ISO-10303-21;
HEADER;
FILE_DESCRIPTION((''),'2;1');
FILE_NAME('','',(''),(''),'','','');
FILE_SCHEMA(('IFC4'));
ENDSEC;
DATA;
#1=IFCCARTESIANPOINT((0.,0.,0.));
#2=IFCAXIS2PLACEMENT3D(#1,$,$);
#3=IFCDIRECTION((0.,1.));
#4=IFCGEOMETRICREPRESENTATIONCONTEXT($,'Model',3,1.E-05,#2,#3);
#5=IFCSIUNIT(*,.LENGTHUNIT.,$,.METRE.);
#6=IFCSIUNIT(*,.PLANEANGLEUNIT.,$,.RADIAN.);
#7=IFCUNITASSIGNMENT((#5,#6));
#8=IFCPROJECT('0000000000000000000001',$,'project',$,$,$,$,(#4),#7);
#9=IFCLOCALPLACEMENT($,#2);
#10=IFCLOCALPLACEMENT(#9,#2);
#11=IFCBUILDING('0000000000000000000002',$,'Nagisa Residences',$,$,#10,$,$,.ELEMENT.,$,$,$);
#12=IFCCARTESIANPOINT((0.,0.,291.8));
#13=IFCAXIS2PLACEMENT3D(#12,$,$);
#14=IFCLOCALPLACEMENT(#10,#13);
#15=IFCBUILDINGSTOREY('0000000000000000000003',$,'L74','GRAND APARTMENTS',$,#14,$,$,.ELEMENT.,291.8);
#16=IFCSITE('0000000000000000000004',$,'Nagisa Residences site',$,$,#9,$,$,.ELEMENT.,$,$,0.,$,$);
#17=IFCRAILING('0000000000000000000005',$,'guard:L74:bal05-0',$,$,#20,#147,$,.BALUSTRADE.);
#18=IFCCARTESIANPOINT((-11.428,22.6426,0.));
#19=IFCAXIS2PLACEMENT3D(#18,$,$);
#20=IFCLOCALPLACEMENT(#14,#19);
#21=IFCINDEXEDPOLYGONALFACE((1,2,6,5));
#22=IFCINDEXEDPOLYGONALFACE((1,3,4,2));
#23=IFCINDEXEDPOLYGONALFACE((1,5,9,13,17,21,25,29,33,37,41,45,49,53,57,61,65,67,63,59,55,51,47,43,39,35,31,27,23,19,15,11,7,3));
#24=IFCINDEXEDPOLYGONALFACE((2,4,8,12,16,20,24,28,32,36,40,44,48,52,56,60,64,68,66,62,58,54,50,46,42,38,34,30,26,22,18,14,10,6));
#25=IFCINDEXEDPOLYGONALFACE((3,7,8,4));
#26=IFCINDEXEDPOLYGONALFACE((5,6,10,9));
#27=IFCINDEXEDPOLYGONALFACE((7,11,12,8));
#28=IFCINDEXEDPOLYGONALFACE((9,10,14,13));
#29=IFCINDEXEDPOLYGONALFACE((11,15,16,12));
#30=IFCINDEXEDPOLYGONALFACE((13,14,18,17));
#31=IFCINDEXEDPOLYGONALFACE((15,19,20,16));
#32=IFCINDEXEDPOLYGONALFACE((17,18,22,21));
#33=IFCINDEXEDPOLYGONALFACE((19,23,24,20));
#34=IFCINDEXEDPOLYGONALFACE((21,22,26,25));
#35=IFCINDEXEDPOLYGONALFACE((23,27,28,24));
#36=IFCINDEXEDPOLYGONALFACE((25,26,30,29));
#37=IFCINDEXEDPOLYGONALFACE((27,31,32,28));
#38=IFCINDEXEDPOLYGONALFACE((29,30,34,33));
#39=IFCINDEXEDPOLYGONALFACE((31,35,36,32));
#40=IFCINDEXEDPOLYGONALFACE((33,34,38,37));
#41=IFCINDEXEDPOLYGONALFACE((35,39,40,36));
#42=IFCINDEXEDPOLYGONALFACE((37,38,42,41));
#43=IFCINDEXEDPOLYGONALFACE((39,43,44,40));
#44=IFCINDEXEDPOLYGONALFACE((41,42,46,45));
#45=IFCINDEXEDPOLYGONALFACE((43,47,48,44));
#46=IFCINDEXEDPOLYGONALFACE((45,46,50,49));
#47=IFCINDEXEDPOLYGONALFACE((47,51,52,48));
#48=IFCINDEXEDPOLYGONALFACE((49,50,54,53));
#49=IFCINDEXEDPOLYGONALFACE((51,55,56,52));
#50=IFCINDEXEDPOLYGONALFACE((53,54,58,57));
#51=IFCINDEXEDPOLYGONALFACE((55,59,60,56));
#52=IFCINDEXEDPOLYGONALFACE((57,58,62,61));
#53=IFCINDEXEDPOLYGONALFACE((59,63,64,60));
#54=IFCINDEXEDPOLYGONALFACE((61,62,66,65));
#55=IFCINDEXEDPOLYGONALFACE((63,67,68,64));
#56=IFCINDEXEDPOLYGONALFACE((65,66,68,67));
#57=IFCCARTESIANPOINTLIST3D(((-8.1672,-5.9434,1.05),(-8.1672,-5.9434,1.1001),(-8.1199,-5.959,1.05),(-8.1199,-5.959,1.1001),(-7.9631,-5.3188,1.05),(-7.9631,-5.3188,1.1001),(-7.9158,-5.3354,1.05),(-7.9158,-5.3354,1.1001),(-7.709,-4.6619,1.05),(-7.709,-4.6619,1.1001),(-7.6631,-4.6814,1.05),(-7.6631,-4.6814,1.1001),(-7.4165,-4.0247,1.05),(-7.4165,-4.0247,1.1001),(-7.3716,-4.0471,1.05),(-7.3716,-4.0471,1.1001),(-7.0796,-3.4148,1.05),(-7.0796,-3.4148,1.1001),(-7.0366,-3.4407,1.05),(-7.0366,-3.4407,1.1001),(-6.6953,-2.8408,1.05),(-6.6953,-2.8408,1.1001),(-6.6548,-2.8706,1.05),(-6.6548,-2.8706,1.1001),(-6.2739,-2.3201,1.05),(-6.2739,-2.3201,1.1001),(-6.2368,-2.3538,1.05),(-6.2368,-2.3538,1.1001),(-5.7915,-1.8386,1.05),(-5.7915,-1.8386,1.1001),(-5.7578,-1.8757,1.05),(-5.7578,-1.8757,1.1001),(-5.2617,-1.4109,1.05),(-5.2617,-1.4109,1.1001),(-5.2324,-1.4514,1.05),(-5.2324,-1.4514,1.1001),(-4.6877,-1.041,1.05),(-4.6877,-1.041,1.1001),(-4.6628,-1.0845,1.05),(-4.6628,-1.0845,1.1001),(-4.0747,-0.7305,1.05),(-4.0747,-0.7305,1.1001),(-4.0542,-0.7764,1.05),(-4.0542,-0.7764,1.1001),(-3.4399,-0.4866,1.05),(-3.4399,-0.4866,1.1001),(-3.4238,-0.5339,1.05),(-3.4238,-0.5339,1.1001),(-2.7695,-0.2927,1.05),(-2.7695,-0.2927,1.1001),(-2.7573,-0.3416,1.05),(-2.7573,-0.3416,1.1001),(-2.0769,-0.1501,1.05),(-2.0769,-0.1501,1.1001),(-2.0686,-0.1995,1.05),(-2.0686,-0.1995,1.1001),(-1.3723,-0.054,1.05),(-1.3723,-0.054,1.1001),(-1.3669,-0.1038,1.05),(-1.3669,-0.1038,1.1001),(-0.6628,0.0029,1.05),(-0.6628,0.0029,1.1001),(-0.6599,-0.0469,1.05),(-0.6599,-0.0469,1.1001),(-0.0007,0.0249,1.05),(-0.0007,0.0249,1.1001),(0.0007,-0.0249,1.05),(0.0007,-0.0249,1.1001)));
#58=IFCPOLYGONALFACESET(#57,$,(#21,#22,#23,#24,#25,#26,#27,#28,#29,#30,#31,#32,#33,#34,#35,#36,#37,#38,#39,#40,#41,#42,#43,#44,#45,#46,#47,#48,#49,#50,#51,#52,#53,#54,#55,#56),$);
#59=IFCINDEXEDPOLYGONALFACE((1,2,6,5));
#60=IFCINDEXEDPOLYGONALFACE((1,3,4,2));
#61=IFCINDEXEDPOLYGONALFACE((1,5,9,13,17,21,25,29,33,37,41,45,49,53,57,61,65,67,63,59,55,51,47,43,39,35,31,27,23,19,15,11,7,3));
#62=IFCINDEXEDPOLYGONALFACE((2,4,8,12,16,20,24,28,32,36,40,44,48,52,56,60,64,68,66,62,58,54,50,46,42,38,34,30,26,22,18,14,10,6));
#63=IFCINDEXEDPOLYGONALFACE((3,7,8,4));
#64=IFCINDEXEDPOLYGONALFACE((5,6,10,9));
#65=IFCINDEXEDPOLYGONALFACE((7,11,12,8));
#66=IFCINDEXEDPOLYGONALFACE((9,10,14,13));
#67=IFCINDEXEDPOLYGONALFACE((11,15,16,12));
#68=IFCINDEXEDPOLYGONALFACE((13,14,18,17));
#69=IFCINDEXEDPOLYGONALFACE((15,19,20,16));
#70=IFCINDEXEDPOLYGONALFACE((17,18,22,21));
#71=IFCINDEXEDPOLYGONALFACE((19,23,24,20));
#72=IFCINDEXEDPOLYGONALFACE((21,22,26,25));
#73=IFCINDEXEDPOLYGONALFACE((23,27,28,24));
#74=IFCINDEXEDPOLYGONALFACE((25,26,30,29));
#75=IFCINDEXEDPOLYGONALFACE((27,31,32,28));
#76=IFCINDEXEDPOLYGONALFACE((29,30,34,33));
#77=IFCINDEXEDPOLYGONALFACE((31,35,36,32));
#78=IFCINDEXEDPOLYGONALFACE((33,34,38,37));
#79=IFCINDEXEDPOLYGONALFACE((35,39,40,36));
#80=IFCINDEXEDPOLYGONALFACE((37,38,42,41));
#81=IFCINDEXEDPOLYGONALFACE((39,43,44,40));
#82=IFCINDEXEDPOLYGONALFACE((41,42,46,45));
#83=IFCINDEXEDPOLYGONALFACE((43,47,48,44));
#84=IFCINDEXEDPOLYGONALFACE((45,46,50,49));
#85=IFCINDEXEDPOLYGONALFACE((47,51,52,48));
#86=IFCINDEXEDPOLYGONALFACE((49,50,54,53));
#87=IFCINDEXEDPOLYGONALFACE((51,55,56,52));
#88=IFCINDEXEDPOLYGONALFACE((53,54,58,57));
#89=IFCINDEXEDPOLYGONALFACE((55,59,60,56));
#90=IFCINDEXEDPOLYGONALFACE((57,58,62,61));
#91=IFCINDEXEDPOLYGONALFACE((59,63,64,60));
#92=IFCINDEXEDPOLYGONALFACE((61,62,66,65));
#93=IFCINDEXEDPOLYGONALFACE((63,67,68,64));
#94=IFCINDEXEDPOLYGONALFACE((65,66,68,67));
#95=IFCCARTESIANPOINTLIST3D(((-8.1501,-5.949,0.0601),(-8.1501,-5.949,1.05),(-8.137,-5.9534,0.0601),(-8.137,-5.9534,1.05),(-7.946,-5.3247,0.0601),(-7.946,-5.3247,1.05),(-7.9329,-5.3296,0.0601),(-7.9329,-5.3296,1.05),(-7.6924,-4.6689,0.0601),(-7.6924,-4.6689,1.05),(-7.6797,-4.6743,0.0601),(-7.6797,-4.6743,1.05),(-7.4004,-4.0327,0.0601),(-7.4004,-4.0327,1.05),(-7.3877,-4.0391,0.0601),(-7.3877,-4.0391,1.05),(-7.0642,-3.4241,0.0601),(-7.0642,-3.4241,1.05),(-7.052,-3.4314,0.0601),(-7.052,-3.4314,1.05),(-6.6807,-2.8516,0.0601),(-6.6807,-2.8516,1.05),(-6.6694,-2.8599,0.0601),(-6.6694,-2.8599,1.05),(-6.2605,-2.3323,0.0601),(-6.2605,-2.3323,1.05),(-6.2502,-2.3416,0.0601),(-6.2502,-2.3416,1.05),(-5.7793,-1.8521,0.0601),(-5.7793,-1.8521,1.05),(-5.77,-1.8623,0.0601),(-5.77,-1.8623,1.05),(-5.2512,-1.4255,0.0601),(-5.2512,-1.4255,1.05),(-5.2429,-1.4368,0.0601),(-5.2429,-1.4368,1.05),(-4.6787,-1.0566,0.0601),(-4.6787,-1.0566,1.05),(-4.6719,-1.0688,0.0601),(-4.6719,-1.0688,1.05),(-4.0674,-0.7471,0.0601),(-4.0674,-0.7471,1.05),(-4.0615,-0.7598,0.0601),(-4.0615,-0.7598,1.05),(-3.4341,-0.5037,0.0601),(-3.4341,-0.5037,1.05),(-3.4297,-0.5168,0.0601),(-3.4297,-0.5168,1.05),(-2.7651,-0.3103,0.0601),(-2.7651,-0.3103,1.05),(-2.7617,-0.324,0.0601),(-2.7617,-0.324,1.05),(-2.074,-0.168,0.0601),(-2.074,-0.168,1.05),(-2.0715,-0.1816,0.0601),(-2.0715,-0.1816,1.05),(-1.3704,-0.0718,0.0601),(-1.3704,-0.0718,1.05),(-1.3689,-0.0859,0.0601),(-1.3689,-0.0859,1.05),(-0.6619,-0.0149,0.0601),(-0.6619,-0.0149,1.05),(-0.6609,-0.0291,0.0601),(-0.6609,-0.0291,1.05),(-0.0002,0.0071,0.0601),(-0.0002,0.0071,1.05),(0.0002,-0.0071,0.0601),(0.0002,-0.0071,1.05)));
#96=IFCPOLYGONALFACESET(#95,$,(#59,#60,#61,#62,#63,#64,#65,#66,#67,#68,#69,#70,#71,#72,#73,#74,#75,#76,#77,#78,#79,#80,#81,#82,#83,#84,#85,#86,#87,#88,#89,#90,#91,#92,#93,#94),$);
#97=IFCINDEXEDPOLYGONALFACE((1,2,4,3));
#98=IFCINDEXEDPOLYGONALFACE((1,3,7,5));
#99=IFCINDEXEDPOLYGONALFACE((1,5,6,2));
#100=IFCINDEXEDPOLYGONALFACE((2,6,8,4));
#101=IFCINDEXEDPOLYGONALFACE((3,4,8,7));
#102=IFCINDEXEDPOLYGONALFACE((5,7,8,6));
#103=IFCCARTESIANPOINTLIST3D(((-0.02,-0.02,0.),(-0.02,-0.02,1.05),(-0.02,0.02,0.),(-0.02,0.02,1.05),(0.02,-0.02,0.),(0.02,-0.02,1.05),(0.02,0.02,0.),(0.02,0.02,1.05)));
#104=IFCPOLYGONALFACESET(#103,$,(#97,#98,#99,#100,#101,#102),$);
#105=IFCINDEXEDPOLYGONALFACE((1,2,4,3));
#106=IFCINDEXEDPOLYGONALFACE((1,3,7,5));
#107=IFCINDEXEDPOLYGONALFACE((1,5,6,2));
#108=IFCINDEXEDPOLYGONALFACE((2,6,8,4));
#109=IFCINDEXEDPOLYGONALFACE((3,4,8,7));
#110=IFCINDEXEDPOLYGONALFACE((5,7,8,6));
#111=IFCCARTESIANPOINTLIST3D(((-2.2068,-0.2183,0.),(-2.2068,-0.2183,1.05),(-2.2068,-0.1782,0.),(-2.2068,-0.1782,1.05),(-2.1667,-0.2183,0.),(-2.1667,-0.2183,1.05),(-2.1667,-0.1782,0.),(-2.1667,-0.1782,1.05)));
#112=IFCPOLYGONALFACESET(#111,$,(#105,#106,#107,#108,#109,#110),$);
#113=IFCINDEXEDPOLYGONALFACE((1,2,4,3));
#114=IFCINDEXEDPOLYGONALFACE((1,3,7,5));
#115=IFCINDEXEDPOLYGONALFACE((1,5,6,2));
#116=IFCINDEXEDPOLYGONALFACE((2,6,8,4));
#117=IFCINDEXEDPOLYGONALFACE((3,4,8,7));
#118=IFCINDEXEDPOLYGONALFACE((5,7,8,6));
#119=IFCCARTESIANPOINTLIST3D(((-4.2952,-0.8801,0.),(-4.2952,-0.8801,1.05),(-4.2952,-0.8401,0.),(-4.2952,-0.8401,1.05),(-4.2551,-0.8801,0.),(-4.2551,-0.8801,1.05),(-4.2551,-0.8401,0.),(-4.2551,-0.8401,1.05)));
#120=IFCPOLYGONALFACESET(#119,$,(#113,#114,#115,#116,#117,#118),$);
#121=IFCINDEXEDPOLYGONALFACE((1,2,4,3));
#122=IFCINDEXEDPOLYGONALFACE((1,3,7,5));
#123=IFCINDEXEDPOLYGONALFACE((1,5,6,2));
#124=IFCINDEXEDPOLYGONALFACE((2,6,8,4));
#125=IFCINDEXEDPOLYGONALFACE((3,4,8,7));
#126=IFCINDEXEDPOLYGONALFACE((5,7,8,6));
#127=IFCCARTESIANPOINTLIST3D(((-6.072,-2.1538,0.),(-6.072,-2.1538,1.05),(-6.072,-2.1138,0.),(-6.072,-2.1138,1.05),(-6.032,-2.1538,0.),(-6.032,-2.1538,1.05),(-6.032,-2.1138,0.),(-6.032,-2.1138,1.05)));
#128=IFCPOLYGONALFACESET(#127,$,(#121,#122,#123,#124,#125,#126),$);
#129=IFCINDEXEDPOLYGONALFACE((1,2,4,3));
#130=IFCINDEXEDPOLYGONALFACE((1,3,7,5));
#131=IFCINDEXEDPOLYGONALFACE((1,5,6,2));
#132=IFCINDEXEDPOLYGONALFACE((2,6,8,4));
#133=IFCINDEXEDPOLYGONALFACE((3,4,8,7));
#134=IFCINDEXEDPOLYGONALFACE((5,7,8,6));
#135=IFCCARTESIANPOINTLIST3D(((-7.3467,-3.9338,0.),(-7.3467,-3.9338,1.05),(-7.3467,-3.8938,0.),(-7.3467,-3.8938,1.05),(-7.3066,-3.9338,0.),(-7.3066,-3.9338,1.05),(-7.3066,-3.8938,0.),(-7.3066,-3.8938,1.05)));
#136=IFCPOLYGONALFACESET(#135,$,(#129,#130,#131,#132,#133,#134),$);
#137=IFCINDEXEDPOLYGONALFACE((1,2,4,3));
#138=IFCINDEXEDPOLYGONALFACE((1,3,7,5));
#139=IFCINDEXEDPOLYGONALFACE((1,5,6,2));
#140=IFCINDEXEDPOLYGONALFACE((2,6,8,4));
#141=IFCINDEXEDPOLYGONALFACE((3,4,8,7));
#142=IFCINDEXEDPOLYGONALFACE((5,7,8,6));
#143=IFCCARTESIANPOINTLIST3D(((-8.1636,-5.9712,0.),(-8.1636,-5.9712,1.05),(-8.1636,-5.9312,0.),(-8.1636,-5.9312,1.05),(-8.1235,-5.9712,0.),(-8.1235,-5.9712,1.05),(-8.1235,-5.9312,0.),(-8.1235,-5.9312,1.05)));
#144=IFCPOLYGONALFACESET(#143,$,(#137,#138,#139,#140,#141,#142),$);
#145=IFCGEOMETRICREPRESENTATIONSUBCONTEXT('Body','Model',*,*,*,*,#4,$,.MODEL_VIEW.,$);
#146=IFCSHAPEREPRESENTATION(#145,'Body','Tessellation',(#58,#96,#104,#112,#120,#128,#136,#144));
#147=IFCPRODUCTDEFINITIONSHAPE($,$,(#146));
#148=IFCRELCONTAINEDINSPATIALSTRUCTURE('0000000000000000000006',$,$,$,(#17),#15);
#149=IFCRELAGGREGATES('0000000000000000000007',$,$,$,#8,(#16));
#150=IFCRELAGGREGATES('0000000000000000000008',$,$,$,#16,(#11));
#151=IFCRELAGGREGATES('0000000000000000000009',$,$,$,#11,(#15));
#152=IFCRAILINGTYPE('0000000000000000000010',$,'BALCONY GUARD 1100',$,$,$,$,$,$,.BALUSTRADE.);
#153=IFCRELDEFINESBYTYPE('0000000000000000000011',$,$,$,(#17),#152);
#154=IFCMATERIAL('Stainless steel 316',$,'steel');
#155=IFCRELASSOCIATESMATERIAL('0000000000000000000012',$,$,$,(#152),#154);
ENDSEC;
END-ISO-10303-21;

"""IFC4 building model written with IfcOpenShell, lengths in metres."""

from ifc_helpers import new_model, si_unit, direction, frame, origin, origin_2d, place, context, subcontext, project, spatial, polyline, rectangle, outline, extrude, material, type_object, element, save


model = new_model("IFC4")

# Units and contexts
model_context = context("Model", 3, precision=1e-05, world=origin(), true_north=direction((0.0, 1.0)))
body_context = subcontext(model_context, "Body", "Model", "MODEL_VIEW")
ifc_project = project(units=[si_unit("LENGTHUNIT", "METRE"), si_unit("PLANEANGLEUNIT", "RADIAN")], contexts=[model_context])

# Site, building, storey
site_placement = place(None, origin())
site = spatial("IfcSite", under=ifc_project, at=site_placement, Name="Nagisa Residences site", CompositionType="ELEMENT", RefElevation=0.0)
building_placement = place(site_placement, origin())
building = spatial("IfcBuilding", under=site, at=building_placement, Name="Nagisa Residences", CompositionType="ELEMENT")
storey_placement = place(building_placement, frame((0.0, 0.0, 291.8)))
storey = spatial("IfcBuildingStorey", under=building, at=storey_placement, Name="L74", Description="GRAND APARTMENTS", CompositionType="ELEMENT", Elevation=291.8)

# Railing
ifc_material_1 = material(Name="Stainless steel 316", Category="steel")
railing_type = type_object("IfcRailingType", Name="BALCONY GUARD 1100", PredefinedType="BALUSTRADE", material=ifc_material_1)
railing_1_placement = place(storey_placement, frame((-11.428, 22.6426, 0.0)))
element("IfcRailing", 1, at=railing_1_placement, inside=storey, type_object=railing_type, Name="guard:L74:bal05-0", PredefinedType="BALUSTRADE", context=body_context, shape_type="SweptSolid", body=[
    extrude(outline(polyline([(-0.6599, -0.0469), (0.0007, -0.0249), (-0.0007, 0.0249), (-0.6628, 0.0029), (-1.3723, -0.054), (-2.0769, -0.1501), (-2.7695, -0.2927), (-3.4399, -0.4866), (-4.0747, -0.7305), (-4.6877, -1.041), (-5.2617, -1.4109), (-5.7915, -1.8386), (-6.2739, -2.3201), (-6.6953, -2.8408), (-7.0796, -3.4148), (-7.4165, -4.0247), (-7.709, -4.6619), (-7.9631, -5.3188), (-8.1672, -5.9434), (-8.1199, -5.959), (-7.9158, -5.3354), (-7.6631, -4.6814), (-7.3716, -4.0471), (-7.0366, -3.4407), (-6.6548, -2.8706), (-6.2368, -2.3538), (-5.7578, -1.8757), (-5.2324, -1.4514), (-4.6628, -1.0845), (-4.0542, -0.7764), (-3.4238, -0.5339), (-2.7573, -0.3416), (-2.0686, -0.1995), (-1.3669, -0.1038), (-0.6599, -0.0469)])), frame((0.0, 0.0, 1.05)), (0.0, 0.0, 1.0), 0.05),
    extrude(outline(polyline([(-0.6609, -0.0291), (0.0002, -0.0071), (-0.0002, 0.0071), (-0.6619, -0.0149), (-1.3704, -0.0718), (-2.074, -0.168), (-2.7651, -0.3103), (-3.4341, -0.5037), (-4.0674, -0.7471), (-4.6787, -1.0566), (-5.2512, -1.4255), (-5.7793, -1.8521), (-6.2605, -2.3323), (-6.6807, -2.8516), (-7.0642, -3.4241), (-7.4004, -4.0327), (-7.6924, -4.6689), (-7.946, -5.3247), (-8.1501, -5.949), (-8.137, -5.9534), (-7.9329, -5.3296), (-7.6797, -4.6743), (-7.3877, -4.0391), (-7.052, -3.4314), (-6.6694, -2.8599), (-6.2502, -2.3416), (-5.77, -1.8623), (-5.2429, -1.4368), (-4.6719, -1.0688), (-4.0615, -0.7598), (-3.4297, -0.5168), (-2.7617, -0.324), (-2.0715, -0.1816), (-1.3689, -0.0859), (-0.6609, -0.0291)])), frame((0.0, 0.0, 0.0601)), (0.0, 0.0, 1.0), 0.99),
    extrude(rectangle(XDim=0.04, YDim=0.04, at=origin_2d()), origin(), (0.0, 0.0, 1.0), 1.05),
    extrude(rectangle(XDim=0.04, YDim=0.04, at=origin_2d()), frame((-2.1868, -0.1982, 0.0)), (0.0, 0.0, 1.0), 1.05),
    extrude(rectangle(XDim=0.04, YDim=0.04, at=origin_2d()), frame((-4.2751, -0.8601, 0.0)), (0.0, 0.0, 1.0), 1.05),
    extrude(rectangle(XDim=0.04, YDim=0.04, at=origin_2d()), frame((-6.052, -2.1338, 0.0)), (0.0, 0.0, 1.0), 1.05),
    extrude(rectangle(XDim=0.04, YDim=0.04, at=origin_2d()), frame((-7.3267, -3.9138, 0.0)), (0.0, 0.0, 1.0), 1.05),
    extrude(rectangle(XDim=0.04, YDim=0.04, at=origin_2d()), frame((-8.1436, -5.9512, 0.0)), (0.0, 0.0, 1.0), 1.05),
])

save(model, "model.ifc")
